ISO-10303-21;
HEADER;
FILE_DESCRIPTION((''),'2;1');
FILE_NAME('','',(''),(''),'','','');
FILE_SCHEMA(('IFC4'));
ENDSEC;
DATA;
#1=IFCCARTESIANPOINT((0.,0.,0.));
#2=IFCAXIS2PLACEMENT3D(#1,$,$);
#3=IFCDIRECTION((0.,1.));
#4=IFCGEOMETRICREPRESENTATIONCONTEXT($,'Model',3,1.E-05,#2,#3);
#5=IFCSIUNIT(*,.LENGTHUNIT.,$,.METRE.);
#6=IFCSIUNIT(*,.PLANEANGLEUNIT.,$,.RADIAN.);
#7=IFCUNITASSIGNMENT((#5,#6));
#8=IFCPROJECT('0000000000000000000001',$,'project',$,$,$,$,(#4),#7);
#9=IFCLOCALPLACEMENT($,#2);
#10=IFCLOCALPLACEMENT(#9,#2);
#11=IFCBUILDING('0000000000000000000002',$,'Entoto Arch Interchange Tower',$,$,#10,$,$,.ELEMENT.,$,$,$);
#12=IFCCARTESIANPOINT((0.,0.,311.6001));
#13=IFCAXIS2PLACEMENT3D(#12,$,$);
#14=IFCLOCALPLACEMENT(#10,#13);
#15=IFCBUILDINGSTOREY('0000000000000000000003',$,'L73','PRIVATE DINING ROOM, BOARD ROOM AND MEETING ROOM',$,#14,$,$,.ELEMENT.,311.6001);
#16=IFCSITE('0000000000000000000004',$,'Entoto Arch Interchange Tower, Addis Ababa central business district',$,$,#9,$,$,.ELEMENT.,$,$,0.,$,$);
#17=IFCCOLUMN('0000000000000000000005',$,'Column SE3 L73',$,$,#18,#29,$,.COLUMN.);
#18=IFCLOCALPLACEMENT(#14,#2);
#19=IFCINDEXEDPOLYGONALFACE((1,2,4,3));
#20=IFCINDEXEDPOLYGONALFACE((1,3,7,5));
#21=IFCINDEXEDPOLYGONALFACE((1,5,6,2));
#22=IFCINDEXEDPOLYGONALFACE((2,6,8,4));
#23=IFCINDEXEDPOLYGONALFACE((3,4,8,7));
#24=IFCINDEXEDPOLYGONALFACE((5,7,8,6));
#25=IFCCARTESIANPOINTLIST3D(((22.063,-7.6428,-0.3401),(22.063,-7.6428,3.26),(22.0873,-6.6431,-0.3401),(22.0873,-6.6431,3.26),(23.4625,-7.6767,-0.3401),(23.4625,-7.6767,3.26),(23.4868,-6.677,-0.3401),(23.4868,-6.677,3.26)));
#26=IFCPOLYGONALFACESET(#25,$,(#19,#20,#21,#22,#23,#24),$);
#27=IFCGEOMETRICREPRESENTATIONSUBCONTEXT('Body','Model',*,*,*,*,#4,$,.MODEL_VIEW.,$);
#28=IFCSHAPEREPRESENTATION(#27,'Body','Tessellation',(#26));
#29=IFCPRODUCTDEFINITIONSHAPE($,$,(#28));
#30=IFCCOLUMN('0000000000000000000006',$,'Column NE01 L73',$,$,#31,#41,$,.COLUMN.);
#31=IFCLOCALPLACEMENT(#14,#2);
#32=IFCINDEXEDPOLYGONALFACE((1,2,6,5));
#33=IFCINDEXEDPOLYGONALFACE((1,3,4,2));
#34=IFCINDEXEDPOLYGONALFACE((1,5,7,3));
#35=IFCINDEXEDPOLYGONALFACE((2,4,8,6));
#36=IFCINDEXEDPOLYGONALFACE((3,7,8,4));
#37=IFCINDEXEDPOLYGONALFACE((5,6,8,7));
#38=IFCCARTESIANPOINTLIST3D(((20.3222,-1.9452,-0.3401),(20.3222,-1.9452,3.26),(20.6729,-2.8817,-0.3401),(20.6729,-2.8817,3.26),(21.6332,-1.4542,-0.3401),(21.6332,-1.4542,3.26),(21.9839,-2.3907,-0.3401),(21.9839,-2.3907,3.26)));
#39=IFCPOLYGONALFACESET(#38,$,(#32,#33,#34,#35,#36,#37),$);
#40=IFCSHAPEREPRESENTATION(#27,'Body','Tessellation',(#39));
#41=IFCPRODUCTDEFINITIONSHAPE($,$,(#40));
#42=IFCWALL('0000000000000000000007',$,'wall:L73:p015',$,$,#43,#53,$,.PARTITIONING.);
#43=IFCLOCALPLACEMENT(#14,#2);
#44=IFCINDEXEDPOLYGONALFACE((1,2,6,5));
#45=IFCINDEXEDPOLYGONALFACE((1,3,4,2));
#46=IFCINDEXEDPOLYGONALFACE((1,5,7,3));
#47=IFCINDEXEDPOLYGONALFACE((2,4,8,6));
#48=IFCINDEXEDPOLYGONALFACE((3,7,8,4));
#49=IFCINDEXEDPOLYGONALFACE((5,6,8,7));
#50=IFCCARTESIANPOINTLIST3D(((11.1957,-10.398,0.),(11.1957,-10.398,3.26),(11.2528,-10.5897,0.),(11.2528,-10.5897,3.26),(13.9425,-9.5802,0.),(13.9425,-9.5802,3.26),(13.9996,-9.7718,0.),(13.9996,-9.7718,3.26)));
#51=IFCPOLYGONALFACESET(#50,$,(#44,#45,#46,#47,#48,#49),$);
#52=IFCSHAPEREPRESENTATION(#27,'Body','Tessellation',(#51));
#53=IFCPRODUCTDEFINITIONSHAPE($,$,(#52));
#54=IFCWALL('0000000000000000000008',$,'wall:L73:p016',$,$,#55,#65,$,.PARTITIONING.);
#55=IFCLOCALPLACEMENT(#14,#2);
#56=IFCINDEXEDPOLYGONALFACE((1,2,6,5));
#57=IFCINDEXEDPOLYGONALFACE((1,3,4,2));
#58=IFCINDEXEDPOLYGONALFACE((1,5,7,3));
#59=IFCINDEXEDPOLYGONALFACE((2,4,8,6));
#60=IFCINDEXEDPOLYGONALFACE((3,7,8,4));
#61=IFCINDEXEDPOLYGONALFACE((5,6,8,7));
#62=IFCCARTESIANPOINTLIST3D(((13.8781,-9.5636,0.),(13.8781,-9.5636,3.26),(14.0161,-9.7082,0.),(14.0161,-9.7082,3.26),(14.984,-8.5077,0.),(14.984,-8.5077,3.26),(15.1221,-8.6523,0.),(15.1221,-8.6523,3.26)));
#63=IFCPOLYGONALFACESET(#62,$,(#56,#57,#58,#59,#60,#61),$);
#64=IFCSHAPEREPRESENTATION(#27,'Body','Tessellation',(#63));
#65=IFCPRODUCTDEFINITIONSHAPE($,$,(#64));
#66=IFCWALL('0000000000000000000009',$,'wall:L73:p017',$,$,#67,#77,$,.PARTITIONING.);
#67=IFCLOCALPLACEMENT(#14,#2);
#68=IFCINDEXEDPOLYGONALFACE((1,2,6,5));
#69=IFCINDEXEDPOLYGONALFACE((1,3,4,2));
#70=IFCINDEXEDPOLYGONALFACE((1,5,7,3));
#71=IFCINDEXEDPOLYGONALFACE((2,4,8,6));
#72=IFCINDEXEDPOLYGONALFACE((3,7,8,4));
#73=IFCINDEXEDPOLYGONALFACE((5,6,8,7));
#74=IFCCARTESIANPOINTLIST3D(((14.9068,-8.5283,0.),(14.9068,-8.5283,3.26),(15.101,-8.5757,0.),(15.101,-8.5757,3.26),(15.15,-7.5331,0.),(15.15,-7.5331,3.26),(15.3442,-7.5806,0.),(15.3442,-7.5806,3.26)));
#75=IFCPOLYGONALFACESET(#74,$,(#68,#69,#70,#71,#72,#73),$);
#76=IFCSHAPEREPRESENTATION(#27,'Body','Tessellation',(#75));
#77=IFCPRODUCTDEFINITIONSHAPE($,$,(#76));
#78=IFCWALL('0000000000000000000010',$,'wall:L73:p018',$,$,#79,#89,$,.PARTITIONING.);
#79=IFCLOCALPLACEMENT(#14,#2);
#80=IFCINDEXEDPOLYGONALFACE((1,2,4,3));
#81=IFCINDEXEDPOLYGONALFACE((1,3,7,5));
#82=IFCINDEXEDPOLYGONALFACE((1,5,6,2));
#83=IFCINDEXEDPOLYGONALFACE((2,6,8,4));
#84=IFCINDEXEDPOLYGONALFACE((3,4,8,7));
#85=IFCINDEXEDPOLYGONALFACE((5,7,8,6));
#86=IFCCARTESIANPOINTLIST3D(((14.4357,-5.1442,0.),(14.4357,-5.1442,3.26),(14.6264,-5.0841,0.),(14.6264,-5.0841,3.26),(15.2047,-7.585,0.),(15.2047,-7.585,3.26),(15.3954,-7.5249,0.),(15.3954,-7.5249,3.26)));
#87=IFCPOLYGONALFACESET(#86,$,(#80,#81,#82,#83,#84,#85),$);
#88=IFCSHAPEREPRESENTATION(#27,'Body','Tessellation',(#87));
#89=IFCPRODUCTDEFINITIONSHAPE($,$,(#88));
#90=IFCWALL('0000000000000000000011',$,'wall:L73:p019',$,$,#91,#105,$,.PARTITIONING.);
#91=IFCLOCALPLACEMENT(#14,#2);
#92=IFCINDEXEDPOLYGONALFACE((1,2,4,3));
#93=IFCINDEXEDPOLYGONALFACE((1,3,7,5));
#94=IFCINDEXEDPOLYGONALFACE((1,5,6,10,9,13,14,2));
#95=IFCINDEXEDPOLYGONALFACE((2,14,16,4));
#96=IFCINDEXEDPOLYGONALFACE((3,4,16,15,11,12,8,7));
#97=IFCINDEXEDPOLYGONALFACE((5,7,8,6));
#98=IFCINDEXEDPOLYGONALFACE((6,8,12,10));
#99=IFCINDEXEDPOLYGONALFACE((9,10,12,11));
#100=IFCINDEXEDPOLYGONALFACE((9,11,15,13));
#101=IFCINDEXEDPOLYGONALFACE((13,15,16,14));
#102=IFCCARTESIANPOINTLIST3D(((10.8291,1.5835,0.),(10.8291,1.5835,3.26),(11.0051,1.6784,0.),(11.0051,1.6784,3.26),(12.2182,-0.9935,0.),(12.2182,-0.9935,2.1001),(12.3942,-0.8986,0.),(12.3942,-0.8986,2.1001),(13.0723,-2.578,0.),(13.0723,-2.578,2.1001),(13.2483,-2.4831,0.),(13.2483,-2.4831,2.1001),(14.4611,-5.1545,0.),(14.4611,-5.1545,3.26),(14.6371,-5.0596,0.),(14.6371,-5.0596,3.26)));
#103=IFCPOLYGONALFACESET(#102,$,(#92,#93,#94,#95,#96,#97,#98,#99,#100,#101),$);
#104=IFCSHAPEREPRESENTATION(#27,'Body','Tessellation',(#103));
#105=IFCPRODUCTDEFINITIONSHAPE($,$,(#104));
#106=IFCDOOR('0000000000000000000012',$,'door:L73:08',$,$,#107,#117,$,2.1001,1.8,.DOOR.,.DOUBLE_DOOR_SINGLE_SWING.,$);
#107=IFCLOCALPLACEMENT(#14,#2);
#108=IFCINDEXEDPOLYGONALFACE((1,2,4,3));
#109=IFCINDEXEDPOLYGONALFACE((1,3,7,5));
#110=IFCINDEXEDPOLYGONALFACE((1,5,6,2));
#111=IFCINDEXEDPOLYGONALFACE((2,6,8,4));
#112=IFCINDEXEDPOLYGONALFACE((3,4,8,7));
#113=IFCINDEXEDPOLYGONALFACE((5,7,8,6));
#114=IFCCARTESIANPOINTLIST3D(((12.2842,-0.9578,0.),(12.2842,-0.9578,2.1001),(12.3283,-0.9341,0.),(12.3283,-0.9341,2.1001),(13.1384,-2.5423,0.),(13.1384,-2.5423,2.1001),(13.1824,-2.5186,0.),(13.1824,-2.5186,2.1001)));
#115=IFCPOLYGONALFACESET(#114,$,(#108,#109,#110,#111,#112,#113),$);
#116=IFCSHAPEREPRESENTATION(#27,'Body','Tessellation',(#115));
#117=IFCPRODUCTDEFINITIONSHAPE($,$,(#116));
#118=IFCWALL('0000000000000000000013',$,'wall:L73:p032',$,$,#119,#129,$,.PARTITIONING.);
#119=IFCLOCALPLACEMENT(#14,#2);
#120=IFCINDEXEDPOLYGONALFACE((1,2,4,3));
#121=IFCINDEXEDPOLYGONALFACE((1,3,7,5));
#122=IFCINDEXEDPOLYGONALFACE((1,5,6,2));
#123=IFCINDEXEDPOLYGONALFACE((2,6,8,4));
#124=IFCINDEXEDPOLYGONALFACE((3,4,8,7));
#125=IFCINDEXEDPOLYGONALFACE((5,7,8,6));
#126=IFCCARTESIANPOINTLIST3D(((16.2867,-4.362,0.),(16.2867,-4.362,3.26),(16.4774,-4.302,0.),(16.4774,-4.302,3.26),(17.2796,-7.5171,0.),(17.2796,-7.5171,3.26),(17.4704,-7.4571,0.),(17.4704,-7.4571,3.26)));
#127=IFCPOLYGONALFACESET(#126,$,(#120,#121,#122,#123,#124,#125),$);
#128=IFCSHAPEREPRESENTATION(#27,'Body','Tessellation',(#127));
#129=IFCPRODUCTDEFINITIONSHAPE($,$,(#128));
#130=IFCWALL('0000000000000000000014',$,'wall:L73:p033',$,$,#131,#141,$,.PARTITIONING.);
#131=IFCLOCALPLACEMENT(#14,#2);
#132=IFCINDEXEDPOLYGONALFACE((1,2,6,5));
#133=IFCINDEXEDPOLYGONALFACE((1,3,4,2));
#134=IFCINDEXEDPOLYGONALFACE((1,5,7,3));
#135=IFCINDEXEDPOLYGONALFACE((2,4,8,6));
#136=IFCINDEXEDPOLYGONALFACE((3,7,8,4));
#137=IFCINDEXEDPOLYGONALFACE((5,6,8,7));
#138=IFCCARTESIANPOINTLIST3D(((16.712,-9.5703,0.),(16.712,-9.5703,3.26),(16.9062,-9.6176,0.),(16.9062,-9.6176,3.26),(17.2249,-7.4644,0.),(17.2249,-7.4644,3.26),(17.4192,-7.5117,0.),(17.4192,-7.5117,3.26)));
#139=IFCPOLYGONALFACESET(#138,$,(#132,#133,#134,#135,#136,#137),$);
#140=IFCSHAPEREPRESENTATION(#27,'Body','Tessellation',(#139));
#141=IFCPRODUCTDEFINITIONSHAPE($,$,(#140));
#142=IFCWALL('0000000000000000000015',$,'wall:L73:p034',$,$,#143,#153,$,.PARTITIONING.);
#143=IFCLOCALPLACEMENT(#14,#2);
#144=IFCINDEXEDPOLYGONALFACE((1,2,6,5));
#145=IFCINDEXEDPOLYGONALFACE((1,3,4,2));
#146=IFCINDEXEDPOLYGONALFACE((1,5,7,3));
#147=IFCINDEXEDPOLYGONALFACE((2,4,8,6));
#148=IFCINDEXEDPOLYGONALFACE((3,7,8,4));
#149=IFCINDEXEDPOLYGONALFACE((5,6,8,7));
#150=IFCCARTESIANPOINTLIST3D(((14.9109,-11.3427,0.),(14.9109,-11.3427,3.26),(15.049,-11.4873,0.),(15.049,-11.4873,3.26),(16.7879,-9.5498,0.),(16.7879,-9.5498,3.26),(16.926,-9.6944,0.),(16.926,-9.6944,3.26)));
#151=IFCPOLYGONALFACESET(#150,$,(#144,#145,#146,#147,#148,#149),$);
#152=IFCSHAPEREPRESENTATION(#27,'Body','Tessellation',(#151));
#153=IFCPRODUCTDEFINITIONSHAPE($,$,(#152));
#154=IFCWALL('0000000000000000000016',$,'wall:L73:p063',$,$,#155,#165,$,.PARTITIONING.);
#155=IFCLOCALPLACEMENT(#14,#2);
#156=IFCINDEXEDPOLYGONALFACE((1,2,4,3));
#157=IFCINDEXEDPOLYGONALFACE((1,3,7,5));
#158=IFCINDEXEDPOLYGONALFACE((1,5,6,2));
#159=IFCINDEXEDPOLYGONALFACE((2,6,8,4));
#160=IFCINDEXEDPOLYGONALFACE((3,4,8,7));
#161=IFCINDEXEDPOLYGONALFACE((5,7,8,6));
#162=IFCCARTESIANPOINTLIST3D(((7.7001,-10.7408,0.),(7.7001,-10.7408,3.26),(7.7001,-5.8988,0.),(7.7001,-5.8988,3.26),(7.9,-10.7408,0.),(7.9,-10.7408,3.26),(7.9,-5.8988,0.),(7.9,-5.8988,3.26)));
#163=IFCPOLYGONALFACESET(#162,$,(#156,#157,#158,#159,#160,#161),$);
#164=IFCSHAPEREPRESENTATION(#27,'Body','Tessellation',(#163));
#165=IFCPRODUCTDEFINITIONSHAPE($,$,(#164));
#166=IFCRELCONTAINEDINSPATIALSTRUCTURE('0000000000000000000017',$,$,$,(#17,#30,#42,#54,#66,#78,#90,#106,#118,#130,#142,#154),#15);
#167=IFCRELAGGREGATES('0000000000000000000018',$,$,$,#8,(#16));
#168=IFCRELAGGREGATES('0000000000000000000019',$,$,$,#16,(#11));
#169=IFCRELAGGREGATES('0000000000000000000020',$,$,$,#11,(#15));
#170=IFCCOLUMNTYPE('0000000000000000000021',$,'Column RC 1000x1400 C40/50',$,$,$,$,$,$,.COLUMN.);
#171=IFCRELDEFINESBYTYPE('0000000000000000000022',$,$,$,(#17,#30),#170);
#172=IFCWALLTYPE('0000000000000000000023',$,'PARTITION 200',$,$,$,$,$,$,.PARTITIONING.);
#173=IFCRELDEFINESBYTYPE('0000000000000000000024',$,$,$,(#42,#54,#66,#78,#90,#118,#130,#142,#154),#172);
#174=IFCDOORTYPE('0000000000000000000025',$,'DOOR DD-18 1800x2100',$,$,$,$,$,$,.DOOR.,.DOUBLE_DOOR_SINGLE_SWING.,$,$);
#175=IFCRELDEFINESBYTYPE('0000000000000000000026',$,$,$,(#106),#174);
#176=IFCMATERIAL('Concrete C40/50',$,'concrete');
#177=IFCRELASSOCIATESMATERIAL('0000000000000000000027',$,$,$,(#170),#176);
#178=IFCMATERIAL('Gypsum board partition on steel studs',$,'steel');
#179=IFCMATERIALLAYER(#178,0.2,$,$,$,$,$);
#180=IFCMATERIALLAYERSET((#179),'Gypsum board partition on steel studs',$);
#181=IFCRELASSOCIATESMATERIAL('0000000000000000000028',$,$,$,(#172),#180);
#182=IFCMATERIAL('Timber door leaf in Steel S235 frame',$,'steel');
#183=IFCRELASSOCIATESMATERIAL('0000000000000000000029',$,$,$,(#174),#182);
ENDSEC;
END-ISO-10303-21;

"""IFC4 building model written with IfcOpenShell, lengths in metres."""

from ifc_helpers import new_model, si_unit, direction, frame, frame_2d, origin, origin_2d, place, context, subcontext, project, spatial, rectangle, extrude, material, layer, layer_set, material_profile, profile_set, type_object, element, fill, save


model = new_model("IFC4")

# Units and contexts
model_context = context("Model", 3, precision=1e-05, world=origin(), true_north=direction((0.0, 1.0)))
body_context = subcontext(model_context, "Body", "Model", "MODEL_VIEW")
ifc_project = project(units=[si_unit("LENGTHUNIT", "METRE"), si_unit("PLANEANGLEUNIT", "RADIAN")], contexts=[model_context])

# Site, building, storey
site_placement = place(None, origin())
site = spatial("IfcSite", under=ifc_project, at=site_placement, Name="Entoto Arch Interchange Tower, Addis Ababa central business district", CompositionType="ELEMENT", RefElevation=0.0)
building_placement = place(site_placement, origin())
building = spatial("IfcBuilding", under=site, at=building_placement, Name="Entoto Arch Interchange Tower", CompositionType="ELEMENT")
storey_placement = place(building_placement, frame((0.0, 0.0, 311.6001)))
storey = spatial("IfcBuildingStorey", under=building, at=storey_placement, Name="L73", Description="PRIVATE DINING ROOM, BOARD ROOM AND MEETING ROOM", CompositionType="ELEMENT", Elevation=311.6001)

# Columns
ifc_material_1 = material(Name="Concrete C40/50", Category="concrete")
ifc_material_profile = material_profile(ifc_material_1, rectangle(XDim=1.0, YDim=1.3999, at=origin_2d()))
ifc_profile_set = profile_set([ifc_material_profile], Name="Concrete C40/50")
column_type = type_object("IfcColumnType", Name="Column RC 1000x1400 C40/50", PredefinedType="COLUMN", material=ifc_profile_set)
for number, where, z_axis, x_axis, name in (
    (1, (22.7749, -7.1599, -0.3401), (0.0, 0.0, 1.0), (0.024258, 0.999706, 0.0), "Column SE3 L73"),
    (2, (21.1531, -2.168, -0.3401), (0.0, 0.0, 1.0), (-0.350714, 0.936483, 0.0), "Column NE01 L73"),
):
    element("IfcColumn", number, at=place(storey_placement, frame(where, z_axis=z_axis, x_axis=x_axis)), inside=storey, type_object=column_type, Name=name, PredefinedType="COLUMN", context=body_context, shape_type="SweptSolid", body=[
        extrude(rectangle(XDim=1.0, YDim=1.3999, at=origin_2d()), origin(), (0.0, 0.0, 1.0), 3.6001),
    ])

# Walls
ifc_material_2 = material(Name="Gypsum board partition on steel studs", Category="steel")
ifc_layer_1 = layer(ifc_material_2, 0.2)
ifc_layer_set_1 = layer_set([ifc_layer_1], Name="Gypsum board partition on steel studs")
wall_type_1 = type_object("IfcWallType", Name="PARTITION 200", PredefinedType="PARTITIONING", material=ifc_layer_set_1)
wall_1_placement = place(storey_placement, frame((11.2241, -10.4939, 0.0), z_axis=(0.0, 0.0, 1.0), x_axis=(0.958417, 0.28537, 0.0)))
element("IfcWall", 3, at=wall_1_placement, inside=storey, type_object=wall_type_1, Name="wall:L73:p015", PredefinedType="PARTITIONING", context=body_context, shape_type="SweptSolid", body=[
    extrude(rectangle(XDim=2.866, YDim=0.2, at=frame_2d((1.4331, 0.0))), origin(), (0.0, 0.0, 1.0), 3.26),
])
wall_2_placement = place(storey_placement, frame((13.947, -9.636, 0.0), z_axis=(0.0, 0.0, 1.0), x_axis=(0.723283, 0.690552, 0.0)))
element("IfcWall", 4, at=wall_2_placement, inside=storey, type_object=wall_type_1, Name="wall:L73:p016", PredefinedType="PARTITIONING", context=body_context, shape_type="SweptSolid", body=[
    extrude(rectangle(XDim=1.5291, YDim=0.2, at=frame_2d((0.7646, 0.0))), origin(), (0.0, 0.0, 1.0), 3.26),
])
wall_3_placement = place(storey_placement, frame((15.0039, -8.552, 0.0), z_axis=(0.0, 0.0, 1.0), x_axis=(0.237373, 0.971419, 0.0)))
element("IfcWall", 5, at=wall_3_placement, inside=storey, type_object=wall_type_1, Name="wall:L73:p017", PredefinedType="PARTITIONING", context=body_context, shape_type="SweptSolid", body=[
    extrude(rectangle(XDim=1.0244, YDim=0.2, at=frame_2d((0.5122, 0.0))), origin(), (0.0, 0.0, 1.0), 3.26),
])
wall_4_placement = place(storey_placement, frame((15.3, -7.5549, 0.0), z_axis=(0.0, 0.0, 1.0), x_axis=(-0.300501, 0.953781, 0.0)))
element("IfcWall", 6, at=wall_4_placement, inside=storey, type_object=wall_type_1, Name="wall:L73:p018", PredefinedType="PARTITIONING", context=body_context, shape_type="SweptSolid", body=[
    extrude(rectangle(XDim=2.5591, YDim=0.2, at=frame_2d((1.2795, 0.0))), origin(), (0.0, 0.0, 1.0), 3.26),
])

# Wall, opening, door
wall_5_placement = place(storey_placement, frame((14.5491, -5.1069, 0.0), z_axis=(0.0, 0.0, 1.0), x_axis=(-0.474495, 0.880258, 0.0)))
wall_5 = element("IfcWall", 7, at=wall_5_placement, inside=storey, type_object=wall_type_1, Name="wall:L73:p019", PredefinedType="PARTITIONING", context=body_context, shape_type="SweptSolid", body=[
    extrude(rectangle(XDim=7.6545, YDim=0.2, at=frame_2d((3.8271, 0.0))), origin(), (0.0, 0.0, 1.0), 3.26),
])
opening_1_placement = place(wall_5_placement, frame((2.927, 0.0, 0.0)))
opening_1 = element("IfcOpeningElement", 8, at=opening_1_placement, cuts=wall_5, PredefinedType="OPENING", context=body_context, shape_type="SweptSolid", body=[
    extrude(rectangle(XDim=1.8, YDim=2.1001, at=frame_2d((0.8999, 1.05))), frame((0.0, 0.1099, 0.0), z_axis=(0.0, -1.0, 0.0), x_axis=(1.0, 0.0, 0.0)), (0.0, 0.0, 1.0), 0.22),
])
ifc_material_3 = material(Name="Timber door leaf in Steel S235 frame", Category="steel")
door_type = type_object("IfcDoorType", Name="DOOR DD-18 1800x2100", OperationType="DOUBLE_DOOR_SINGLE_SWING", PredefinedType="DOOR", material=ifc_material_3)
door_placement = place(opening_1_placement, origin())
door = element("IfcDoor", 9, at=door_placement, inside=storey, type_object=door_type, Name="door:L73:08", OperationType="DOUBLE_DOOR_SINGLE_SWING", OverallHeight=2.1001, OverallWidth=1.8, PredefinedType="DOOR", context=body_context, shape_type="SweptSolid", body=[
    extrude(rectangle(XDim=1.8, YDim=2.1001, at=frame_2d((0.8999, 1.05))), frame((0.0, 0.0249, 0.0), z_axis=(0.0, -1.0, 0.0), x_axis=(1.0, 0.0, 0.0)), (0.0, 0.0, 1.0), 0.05),
])
fill(opening_1, door)

# Walls
wall_6_placement = place(storey_placement, frame((16.3821, -4.332, 0.0), z_axis=(0.0, 0.0, 1.0), x_axis=(0.300195, -0.953878, 0.0)))
element("IfcWall", 10, at=wall_6_placement, inside=storey, type_object=wall_type_1, Name="wall:L73:p032", PredefinedType="PARTITIONING", context=body_context, shape_type="SweptSolid", body=[
    extrude(rectangle(XDim=3.3076, YDim=0.2, at=frame_2d((1.6538, 0.0))), origin(), (0.0, 0.0, 1.0), 3.26),
])
wall_7_placement = place(storey_placement, frame((17.322, -7.488, 0.0), z_axis=(0.0, 0.0, 1.0), x_axis=(-0.236648, -0.971596, 0.0)))
element("IfcWall", 11, at=wall_7_placement, inside=storey, type_object=wall_type_1, Name="wall:L73:p033", PredefinedType="PARTITIONING", context=body_context, shape_type="SweptSolid", body=[
    extrude(rectangle(XDim=2.1675, YDim=0.2, at=frame_2d((1.0837, 0.0))), origin(), (0.0, 0.0, 1.0), 3.26),
])
wall_8_placement = place(storey_placement, frame((16.8569, -9.6221, 0.0), z_axis=(0.0, 0.0, 1.0), x_axis=(-0.723099, -0.690744, 0.0)))
element("IfcWall", 12, at=wall_8_placement, inside=storey, type_object=wall_type_1, Name="wall:L73:p034", PredefinedType="PARTITIONING", context=body_context, shape_type="SweptSolid", body=[
    extrude(rectangle(XDim=2.5957, YDim=0.2, at=frame_2d((1.2979, 0.0))), origin(), (0.0, 0.0, 1.0), 3.26),
])
wall_9_placement = place(storey_placement, frame((7.8, -5.8989, 0.0), z_axis=(0.0, 0.0, 1.0), x_axis=(0.0, -1.0, 0.0)))
element("IfcWall", 13, at=wall_9_placement, inside=storey, type_object=wall_type_1, Name="wall:L73:p063", PredefinedType="PARTITIONING", context=body_context, shape_type="SweptSolid", body=[
    extrude(rectangle(XDim=4.842, YDim=0.2, at=frame_2d((2.4209, 0.0))), origin(), (0.0, 0.0, 1.0), 3.26),
])

save(model, "model.ifc")
